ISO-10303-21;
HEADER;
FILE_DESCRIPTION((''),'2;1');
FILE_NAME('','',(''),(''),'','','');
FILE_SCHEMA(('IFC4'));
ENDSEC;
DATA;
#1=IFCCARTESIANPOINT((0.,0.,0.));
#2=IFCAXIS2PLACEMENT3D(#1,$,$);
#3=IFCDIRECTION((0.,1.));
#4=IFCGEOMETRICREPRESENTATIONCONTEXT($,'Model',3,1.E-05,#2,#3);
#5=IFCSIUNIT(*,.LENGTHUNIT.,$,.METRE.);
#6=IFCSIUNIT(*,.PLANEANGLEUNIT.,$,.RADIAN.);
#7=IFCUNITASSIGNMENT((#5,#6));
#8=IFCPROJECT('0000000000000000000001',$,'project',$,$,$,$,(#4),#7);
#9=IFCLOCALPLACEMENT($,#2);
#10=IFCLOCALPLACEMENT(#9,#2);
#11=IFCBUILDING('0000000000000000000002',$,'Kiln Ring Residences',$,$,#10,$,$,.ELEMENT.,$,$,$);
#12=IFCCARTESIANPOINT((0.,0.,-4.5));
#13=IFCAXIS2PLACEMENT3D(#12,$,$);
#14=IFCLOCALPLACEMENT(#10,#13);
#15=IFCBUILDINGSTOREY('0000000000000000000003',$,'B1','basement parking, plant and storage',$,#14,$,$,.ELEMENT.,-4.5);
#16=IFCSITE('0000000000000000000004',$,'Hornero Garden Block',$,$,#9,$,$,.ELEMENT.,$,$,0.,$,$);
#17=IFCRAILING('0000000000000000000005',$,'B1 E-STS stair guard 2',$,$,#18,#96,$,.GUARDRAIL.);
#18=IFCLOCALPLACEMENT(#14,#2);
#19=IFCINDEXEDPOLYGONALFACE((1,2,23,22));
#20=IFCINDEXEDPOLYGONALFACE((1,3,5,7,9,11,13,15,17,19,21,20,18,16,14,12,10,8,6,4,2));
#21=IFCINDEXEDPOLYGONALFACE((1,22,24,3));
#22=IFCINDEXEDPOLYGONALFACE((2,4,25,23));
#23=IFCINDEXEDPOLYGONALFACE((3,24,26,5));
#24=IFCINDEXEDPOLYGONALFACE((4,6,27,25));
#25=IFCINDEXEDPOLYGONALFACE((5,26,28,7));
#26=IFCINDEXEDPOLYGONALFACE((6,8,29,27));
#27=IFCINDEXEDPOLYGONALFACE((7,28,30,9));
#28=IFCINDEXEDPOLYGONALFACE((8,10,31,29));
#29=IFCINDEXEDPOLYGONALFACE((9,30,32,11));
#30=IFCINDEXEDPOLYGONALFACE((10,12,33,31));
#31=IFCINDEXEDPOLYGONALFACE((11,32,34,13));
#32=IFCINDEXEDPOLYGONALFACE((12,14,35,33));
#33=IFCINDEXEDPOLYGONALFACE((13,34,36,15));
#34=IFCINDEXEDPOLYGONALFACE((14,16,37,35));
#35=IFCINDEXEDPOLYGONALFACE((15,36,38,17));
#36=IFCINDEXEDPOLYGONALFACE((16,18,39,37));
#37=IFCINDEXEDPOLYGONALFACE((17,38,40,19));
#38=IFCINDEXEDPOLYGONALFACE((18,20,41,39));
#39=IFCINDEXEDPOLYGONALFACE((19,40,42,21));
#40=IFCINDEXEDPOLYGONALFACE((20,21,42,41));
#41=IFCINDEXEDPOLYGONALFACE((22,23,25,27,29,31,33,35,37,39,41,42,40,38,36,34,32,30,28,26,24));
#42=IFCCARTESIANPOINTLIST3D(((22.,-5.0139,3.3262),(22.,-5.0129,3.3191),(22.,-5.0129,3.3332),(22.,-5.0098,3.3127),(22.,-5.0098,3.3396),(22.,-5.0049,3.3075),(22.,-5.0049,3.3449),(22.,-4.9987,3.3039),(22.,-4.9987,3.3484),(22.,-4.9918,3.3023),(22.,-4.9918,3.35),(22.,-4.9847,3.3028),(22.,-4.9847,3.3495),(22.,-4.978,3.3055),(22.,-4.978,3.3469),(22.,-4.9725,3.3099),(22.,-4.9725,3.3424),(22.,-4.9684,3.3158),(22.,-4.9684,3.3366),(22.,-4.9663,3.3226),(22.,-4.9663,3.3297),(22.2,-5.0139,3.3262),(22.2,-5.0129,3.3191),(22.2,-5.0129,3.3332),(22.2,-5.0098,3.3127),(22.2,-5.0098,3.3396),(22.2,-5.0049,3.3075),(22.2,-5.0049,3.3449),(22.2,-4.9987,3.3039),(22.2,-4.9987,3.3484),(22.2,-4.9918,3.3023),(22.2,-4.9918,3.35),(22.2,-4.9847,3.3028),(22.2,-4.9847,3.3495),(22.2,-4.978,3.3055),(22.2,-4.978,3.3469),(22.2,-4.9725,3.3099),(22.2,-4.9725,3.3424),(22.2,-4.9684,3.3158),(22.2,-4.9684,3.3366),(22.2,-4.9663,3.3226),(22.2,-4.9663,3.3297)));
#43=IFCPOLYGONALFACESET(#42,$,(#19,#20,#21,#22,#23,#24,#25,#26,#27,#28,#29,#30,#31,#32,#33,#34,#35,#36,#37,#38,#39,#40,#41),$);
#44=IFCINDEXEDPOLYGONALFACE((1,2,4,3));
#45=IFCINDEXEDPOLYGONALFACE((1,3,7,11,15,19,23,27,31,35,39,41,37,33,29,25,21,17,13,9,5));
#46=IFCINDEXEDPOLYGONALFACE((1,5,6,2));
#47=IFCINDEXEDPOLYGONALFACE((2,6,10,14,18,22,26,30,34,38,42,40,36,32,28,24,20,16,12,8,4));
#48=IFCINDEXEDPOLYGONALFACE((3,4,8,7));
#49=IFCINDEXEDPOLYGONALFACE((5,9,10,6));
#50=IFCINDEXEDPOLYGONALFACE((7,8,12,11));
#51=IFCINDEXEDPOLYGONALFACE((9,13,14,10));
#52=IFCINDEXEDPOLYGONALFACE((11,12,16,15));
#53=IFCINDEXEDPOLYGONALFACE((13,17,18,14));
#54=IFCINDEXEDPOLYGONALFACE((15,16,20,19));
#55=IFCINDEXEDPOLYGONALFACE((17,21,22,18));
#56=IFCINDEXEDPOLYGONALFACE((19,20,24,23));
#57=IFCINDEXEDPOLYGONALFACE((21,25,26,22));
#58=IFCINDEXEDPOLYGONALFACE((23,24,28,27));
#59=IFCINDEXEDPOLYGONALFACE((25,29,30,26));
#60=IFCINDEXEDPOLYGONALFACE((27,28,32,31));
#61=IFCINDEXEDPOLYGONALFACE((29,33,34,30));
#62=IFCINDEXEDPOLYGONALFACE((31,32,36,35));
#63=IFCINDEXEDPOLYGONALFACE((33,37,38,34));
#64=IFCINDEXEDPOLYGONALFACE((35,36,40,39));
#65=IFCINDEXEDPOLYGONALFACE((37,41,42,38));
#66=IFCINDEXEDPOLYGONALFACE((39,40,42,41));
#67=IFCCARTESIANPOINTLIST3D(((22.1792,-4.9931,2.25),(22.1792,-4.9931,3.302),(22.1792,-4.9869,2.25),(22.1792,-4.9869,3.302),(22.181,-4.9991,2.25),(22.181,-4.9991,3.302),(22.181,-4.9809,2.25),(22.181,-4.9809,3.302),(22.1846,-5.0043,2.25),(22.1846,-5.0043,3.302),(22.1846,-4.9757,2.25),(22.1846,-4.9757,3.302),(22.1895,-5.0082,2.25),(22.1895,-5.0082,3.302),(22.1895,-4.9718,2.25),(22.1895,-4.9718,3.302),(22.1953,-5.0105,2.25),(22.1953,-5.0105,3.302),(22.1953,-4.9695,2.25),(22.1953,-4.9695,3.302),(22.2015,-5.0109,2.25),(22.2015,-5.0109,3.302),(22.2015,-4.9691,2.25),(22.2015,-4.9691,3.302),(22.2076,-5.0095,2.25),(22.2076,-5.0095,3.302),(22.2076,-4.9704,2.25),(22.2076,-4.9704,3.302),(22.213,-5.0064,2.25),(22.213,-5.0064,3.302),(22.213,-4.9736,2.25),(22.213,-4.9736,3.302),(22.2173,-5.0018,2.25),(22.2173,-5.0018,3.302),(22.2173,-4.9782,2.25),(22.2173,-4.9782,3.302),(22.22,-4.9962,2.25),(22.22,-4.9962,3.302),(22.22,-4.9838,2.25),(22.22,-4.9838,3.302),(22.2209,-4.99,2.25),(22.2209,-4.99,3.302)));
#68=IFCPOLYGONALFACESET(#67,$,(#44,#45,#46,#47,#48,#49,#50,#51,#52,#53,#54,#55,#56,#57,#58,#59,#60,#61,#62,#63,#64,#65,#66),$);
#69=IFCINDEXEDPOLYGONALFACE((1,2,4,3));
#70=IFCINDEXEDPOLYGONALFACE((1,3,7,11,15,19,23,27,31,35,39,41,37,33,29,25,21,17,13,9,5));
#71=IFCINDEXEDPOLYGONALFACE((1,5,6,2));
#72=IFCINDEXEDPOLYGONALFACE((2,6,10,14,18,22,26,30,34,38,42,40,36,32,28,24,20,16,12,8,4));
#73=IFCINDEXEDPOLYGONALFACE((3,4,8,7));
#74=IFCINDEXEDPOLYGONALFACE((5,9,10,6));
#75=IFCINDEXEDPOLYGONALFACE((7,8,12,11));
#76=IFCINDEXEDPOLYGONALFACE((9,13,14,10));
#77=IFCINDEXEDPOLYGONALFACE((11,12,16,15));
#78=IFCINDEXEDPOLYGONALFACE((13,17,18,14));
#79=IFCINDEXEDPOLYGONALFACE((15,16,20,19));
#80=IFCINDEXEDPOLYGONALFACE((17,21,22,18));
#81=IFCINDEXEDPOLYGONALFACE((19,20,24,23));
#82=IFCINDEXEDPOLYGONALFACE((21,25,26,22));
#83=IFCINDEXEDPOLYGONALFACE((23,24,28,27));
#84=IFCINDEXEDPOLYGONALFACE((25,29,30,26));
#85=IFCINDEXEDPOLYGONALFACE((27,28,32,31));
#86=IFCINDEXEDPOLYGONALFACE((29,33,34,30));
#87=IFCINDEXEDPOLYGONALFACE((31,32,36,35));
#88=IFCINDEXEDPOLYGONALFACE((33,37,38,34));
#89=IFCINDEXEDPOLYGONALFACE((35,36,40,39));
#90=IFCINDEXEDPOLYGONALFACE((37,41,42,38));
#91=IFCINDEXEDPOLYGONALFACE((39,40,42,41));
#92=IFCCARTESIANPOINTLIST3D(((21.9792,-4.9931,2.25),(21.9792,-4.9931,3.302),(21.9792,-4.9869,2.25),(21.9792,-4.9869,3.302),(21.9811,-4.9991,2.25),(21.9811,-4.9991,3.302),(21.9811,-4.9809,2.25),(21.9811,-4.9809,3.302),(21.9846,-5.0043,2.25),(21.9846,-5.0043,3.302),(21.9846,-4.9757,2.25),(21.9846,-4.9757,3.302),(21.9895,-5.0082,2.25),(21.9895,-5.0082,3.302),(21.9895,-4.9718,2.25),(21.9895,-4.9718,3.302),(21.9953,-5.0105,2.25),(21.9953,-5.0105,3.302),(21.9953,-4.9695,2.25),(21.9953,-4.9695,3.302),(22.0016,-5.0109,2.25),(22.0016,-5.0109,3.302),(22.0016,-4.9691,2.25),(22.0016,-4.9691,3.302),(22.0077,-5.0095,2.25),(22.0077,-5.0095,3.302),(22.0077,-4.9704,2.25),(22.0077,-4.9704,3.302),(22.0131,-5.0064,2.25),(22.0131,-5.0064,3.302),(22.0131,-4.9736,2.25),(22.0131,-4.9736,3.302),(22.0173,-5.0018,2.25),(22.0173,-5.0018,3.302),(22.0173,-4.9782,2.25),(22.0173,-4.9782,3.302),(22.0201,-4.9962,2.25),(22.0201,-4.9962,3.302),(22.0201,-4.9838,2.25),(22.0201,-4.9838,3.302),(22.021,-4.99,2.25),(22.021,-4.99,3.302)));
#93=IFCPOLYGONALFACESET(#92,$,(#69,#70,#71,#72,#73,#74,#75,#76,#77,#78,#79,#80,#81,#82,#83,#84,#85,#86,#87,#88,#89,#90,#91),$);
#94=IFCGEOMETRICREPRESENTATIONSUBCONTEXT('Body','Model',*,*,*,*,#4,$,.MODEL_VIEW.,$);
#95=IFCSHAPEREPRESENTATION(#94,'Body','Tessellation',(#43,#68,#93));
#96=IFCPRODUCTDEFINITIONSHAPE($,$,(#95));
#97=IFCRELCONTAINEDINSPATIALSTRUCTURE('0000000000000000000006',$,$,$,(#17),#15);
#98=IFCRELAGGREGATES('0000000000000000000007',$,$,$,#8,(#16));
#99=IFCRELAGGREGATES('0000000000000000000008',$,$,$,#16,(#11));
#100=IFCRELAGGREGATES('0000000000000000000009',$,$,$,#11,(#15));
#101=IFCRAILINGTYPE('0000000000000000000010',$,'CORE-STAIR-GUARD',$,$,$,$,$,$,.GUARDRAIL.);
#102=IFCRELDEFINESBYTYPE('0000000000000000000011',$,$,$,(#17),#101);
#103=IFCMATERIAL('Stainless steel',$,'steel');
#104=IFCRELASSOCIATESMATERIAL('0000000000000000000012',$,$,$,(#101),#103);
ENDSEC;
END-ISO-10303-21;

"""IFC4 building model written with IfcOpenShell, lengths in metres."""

from ifc_helpers import new_model, si_unit, direction, frame, origin, origin_2d, place, context, subcontext, project, spatial, circle, extrude, material, type_object, element, save


model = new_model("IFC4")

# Units and contexts
model_context = context("Model", 3, precision=1e-05, world=origin(), true_north=direction((0.0, 1.0)))
body_context = subcontext(model_context, "Body", "Model", "MODEL_VIEW")
ifc_project = project(units=[si_unit("LENGTHUNIT", "METRE"), si_unit("PLANEANGLEUNIT", "RADIAN")], contexts=[model_context])

# Site, building, storey
site_placement = place(None, origin())
site = spatial("IfcSite", under=ifc_project, at=site_placement, Name="Hornero Garden Block", CompositionType="ELEMENT", RefElevation=0.0)
building_placement = place(site_placement, origin())
building = spatial("IfcBuilding", under=site, at=building_placement, Name="Kiln Ring Residences", CompositionType="ELEMENT")
storey_placement = place(building_placement, frame((0.0, 0.0, -4.5)))
storey = spatial("IfcBuildingStorey", under=building, at=storey_placement, Name="B1", Description="basement parking, plant and storage", CompositionType="ELEMENT", Elevation=-4.5)

# Railing
ifc_material_1 = material(Name="Stainless steel", Category="steel")
railing_type_1 = type_object("IfcRailingType", Name="CORE-STAIR-GUARD", PredefinedType="GUARDRAIL", material=ifc_material_1)
railing_1_placement = place(storey_placement, frame((22.2, -4.99, 2.25)))
element("IfcRailing", 1, at=railing_1_placement, inside=storey, type_object=railing_type_1, Name="B1 E-STS stair guard 2", PredefinedType="GUARDRAIL", context=body_context, shape_type="SweptSolid", body=[
    extrude(circle(Radius=0.0239, at=origin_2d()), frame((0.0, 0.0, 1.0762), z_axis=(-1.0, 0.0, 0.0), x_axis=(0.0, -1.0, 0.0)), (0.0, 0.0, 1.0), 0.2),
    extrude(circle(Radius=0.021, at=origin_2d()), origin(), (0.0, 0.0, 1.0), 1.052),
    extrude(circle(Radius=0.021, at=origin_2d()), frame((-0.2, 0.0, 0.0)), (0.0, 0.0, 1.0), 1.052),
])

save(model, "model.ifc")
